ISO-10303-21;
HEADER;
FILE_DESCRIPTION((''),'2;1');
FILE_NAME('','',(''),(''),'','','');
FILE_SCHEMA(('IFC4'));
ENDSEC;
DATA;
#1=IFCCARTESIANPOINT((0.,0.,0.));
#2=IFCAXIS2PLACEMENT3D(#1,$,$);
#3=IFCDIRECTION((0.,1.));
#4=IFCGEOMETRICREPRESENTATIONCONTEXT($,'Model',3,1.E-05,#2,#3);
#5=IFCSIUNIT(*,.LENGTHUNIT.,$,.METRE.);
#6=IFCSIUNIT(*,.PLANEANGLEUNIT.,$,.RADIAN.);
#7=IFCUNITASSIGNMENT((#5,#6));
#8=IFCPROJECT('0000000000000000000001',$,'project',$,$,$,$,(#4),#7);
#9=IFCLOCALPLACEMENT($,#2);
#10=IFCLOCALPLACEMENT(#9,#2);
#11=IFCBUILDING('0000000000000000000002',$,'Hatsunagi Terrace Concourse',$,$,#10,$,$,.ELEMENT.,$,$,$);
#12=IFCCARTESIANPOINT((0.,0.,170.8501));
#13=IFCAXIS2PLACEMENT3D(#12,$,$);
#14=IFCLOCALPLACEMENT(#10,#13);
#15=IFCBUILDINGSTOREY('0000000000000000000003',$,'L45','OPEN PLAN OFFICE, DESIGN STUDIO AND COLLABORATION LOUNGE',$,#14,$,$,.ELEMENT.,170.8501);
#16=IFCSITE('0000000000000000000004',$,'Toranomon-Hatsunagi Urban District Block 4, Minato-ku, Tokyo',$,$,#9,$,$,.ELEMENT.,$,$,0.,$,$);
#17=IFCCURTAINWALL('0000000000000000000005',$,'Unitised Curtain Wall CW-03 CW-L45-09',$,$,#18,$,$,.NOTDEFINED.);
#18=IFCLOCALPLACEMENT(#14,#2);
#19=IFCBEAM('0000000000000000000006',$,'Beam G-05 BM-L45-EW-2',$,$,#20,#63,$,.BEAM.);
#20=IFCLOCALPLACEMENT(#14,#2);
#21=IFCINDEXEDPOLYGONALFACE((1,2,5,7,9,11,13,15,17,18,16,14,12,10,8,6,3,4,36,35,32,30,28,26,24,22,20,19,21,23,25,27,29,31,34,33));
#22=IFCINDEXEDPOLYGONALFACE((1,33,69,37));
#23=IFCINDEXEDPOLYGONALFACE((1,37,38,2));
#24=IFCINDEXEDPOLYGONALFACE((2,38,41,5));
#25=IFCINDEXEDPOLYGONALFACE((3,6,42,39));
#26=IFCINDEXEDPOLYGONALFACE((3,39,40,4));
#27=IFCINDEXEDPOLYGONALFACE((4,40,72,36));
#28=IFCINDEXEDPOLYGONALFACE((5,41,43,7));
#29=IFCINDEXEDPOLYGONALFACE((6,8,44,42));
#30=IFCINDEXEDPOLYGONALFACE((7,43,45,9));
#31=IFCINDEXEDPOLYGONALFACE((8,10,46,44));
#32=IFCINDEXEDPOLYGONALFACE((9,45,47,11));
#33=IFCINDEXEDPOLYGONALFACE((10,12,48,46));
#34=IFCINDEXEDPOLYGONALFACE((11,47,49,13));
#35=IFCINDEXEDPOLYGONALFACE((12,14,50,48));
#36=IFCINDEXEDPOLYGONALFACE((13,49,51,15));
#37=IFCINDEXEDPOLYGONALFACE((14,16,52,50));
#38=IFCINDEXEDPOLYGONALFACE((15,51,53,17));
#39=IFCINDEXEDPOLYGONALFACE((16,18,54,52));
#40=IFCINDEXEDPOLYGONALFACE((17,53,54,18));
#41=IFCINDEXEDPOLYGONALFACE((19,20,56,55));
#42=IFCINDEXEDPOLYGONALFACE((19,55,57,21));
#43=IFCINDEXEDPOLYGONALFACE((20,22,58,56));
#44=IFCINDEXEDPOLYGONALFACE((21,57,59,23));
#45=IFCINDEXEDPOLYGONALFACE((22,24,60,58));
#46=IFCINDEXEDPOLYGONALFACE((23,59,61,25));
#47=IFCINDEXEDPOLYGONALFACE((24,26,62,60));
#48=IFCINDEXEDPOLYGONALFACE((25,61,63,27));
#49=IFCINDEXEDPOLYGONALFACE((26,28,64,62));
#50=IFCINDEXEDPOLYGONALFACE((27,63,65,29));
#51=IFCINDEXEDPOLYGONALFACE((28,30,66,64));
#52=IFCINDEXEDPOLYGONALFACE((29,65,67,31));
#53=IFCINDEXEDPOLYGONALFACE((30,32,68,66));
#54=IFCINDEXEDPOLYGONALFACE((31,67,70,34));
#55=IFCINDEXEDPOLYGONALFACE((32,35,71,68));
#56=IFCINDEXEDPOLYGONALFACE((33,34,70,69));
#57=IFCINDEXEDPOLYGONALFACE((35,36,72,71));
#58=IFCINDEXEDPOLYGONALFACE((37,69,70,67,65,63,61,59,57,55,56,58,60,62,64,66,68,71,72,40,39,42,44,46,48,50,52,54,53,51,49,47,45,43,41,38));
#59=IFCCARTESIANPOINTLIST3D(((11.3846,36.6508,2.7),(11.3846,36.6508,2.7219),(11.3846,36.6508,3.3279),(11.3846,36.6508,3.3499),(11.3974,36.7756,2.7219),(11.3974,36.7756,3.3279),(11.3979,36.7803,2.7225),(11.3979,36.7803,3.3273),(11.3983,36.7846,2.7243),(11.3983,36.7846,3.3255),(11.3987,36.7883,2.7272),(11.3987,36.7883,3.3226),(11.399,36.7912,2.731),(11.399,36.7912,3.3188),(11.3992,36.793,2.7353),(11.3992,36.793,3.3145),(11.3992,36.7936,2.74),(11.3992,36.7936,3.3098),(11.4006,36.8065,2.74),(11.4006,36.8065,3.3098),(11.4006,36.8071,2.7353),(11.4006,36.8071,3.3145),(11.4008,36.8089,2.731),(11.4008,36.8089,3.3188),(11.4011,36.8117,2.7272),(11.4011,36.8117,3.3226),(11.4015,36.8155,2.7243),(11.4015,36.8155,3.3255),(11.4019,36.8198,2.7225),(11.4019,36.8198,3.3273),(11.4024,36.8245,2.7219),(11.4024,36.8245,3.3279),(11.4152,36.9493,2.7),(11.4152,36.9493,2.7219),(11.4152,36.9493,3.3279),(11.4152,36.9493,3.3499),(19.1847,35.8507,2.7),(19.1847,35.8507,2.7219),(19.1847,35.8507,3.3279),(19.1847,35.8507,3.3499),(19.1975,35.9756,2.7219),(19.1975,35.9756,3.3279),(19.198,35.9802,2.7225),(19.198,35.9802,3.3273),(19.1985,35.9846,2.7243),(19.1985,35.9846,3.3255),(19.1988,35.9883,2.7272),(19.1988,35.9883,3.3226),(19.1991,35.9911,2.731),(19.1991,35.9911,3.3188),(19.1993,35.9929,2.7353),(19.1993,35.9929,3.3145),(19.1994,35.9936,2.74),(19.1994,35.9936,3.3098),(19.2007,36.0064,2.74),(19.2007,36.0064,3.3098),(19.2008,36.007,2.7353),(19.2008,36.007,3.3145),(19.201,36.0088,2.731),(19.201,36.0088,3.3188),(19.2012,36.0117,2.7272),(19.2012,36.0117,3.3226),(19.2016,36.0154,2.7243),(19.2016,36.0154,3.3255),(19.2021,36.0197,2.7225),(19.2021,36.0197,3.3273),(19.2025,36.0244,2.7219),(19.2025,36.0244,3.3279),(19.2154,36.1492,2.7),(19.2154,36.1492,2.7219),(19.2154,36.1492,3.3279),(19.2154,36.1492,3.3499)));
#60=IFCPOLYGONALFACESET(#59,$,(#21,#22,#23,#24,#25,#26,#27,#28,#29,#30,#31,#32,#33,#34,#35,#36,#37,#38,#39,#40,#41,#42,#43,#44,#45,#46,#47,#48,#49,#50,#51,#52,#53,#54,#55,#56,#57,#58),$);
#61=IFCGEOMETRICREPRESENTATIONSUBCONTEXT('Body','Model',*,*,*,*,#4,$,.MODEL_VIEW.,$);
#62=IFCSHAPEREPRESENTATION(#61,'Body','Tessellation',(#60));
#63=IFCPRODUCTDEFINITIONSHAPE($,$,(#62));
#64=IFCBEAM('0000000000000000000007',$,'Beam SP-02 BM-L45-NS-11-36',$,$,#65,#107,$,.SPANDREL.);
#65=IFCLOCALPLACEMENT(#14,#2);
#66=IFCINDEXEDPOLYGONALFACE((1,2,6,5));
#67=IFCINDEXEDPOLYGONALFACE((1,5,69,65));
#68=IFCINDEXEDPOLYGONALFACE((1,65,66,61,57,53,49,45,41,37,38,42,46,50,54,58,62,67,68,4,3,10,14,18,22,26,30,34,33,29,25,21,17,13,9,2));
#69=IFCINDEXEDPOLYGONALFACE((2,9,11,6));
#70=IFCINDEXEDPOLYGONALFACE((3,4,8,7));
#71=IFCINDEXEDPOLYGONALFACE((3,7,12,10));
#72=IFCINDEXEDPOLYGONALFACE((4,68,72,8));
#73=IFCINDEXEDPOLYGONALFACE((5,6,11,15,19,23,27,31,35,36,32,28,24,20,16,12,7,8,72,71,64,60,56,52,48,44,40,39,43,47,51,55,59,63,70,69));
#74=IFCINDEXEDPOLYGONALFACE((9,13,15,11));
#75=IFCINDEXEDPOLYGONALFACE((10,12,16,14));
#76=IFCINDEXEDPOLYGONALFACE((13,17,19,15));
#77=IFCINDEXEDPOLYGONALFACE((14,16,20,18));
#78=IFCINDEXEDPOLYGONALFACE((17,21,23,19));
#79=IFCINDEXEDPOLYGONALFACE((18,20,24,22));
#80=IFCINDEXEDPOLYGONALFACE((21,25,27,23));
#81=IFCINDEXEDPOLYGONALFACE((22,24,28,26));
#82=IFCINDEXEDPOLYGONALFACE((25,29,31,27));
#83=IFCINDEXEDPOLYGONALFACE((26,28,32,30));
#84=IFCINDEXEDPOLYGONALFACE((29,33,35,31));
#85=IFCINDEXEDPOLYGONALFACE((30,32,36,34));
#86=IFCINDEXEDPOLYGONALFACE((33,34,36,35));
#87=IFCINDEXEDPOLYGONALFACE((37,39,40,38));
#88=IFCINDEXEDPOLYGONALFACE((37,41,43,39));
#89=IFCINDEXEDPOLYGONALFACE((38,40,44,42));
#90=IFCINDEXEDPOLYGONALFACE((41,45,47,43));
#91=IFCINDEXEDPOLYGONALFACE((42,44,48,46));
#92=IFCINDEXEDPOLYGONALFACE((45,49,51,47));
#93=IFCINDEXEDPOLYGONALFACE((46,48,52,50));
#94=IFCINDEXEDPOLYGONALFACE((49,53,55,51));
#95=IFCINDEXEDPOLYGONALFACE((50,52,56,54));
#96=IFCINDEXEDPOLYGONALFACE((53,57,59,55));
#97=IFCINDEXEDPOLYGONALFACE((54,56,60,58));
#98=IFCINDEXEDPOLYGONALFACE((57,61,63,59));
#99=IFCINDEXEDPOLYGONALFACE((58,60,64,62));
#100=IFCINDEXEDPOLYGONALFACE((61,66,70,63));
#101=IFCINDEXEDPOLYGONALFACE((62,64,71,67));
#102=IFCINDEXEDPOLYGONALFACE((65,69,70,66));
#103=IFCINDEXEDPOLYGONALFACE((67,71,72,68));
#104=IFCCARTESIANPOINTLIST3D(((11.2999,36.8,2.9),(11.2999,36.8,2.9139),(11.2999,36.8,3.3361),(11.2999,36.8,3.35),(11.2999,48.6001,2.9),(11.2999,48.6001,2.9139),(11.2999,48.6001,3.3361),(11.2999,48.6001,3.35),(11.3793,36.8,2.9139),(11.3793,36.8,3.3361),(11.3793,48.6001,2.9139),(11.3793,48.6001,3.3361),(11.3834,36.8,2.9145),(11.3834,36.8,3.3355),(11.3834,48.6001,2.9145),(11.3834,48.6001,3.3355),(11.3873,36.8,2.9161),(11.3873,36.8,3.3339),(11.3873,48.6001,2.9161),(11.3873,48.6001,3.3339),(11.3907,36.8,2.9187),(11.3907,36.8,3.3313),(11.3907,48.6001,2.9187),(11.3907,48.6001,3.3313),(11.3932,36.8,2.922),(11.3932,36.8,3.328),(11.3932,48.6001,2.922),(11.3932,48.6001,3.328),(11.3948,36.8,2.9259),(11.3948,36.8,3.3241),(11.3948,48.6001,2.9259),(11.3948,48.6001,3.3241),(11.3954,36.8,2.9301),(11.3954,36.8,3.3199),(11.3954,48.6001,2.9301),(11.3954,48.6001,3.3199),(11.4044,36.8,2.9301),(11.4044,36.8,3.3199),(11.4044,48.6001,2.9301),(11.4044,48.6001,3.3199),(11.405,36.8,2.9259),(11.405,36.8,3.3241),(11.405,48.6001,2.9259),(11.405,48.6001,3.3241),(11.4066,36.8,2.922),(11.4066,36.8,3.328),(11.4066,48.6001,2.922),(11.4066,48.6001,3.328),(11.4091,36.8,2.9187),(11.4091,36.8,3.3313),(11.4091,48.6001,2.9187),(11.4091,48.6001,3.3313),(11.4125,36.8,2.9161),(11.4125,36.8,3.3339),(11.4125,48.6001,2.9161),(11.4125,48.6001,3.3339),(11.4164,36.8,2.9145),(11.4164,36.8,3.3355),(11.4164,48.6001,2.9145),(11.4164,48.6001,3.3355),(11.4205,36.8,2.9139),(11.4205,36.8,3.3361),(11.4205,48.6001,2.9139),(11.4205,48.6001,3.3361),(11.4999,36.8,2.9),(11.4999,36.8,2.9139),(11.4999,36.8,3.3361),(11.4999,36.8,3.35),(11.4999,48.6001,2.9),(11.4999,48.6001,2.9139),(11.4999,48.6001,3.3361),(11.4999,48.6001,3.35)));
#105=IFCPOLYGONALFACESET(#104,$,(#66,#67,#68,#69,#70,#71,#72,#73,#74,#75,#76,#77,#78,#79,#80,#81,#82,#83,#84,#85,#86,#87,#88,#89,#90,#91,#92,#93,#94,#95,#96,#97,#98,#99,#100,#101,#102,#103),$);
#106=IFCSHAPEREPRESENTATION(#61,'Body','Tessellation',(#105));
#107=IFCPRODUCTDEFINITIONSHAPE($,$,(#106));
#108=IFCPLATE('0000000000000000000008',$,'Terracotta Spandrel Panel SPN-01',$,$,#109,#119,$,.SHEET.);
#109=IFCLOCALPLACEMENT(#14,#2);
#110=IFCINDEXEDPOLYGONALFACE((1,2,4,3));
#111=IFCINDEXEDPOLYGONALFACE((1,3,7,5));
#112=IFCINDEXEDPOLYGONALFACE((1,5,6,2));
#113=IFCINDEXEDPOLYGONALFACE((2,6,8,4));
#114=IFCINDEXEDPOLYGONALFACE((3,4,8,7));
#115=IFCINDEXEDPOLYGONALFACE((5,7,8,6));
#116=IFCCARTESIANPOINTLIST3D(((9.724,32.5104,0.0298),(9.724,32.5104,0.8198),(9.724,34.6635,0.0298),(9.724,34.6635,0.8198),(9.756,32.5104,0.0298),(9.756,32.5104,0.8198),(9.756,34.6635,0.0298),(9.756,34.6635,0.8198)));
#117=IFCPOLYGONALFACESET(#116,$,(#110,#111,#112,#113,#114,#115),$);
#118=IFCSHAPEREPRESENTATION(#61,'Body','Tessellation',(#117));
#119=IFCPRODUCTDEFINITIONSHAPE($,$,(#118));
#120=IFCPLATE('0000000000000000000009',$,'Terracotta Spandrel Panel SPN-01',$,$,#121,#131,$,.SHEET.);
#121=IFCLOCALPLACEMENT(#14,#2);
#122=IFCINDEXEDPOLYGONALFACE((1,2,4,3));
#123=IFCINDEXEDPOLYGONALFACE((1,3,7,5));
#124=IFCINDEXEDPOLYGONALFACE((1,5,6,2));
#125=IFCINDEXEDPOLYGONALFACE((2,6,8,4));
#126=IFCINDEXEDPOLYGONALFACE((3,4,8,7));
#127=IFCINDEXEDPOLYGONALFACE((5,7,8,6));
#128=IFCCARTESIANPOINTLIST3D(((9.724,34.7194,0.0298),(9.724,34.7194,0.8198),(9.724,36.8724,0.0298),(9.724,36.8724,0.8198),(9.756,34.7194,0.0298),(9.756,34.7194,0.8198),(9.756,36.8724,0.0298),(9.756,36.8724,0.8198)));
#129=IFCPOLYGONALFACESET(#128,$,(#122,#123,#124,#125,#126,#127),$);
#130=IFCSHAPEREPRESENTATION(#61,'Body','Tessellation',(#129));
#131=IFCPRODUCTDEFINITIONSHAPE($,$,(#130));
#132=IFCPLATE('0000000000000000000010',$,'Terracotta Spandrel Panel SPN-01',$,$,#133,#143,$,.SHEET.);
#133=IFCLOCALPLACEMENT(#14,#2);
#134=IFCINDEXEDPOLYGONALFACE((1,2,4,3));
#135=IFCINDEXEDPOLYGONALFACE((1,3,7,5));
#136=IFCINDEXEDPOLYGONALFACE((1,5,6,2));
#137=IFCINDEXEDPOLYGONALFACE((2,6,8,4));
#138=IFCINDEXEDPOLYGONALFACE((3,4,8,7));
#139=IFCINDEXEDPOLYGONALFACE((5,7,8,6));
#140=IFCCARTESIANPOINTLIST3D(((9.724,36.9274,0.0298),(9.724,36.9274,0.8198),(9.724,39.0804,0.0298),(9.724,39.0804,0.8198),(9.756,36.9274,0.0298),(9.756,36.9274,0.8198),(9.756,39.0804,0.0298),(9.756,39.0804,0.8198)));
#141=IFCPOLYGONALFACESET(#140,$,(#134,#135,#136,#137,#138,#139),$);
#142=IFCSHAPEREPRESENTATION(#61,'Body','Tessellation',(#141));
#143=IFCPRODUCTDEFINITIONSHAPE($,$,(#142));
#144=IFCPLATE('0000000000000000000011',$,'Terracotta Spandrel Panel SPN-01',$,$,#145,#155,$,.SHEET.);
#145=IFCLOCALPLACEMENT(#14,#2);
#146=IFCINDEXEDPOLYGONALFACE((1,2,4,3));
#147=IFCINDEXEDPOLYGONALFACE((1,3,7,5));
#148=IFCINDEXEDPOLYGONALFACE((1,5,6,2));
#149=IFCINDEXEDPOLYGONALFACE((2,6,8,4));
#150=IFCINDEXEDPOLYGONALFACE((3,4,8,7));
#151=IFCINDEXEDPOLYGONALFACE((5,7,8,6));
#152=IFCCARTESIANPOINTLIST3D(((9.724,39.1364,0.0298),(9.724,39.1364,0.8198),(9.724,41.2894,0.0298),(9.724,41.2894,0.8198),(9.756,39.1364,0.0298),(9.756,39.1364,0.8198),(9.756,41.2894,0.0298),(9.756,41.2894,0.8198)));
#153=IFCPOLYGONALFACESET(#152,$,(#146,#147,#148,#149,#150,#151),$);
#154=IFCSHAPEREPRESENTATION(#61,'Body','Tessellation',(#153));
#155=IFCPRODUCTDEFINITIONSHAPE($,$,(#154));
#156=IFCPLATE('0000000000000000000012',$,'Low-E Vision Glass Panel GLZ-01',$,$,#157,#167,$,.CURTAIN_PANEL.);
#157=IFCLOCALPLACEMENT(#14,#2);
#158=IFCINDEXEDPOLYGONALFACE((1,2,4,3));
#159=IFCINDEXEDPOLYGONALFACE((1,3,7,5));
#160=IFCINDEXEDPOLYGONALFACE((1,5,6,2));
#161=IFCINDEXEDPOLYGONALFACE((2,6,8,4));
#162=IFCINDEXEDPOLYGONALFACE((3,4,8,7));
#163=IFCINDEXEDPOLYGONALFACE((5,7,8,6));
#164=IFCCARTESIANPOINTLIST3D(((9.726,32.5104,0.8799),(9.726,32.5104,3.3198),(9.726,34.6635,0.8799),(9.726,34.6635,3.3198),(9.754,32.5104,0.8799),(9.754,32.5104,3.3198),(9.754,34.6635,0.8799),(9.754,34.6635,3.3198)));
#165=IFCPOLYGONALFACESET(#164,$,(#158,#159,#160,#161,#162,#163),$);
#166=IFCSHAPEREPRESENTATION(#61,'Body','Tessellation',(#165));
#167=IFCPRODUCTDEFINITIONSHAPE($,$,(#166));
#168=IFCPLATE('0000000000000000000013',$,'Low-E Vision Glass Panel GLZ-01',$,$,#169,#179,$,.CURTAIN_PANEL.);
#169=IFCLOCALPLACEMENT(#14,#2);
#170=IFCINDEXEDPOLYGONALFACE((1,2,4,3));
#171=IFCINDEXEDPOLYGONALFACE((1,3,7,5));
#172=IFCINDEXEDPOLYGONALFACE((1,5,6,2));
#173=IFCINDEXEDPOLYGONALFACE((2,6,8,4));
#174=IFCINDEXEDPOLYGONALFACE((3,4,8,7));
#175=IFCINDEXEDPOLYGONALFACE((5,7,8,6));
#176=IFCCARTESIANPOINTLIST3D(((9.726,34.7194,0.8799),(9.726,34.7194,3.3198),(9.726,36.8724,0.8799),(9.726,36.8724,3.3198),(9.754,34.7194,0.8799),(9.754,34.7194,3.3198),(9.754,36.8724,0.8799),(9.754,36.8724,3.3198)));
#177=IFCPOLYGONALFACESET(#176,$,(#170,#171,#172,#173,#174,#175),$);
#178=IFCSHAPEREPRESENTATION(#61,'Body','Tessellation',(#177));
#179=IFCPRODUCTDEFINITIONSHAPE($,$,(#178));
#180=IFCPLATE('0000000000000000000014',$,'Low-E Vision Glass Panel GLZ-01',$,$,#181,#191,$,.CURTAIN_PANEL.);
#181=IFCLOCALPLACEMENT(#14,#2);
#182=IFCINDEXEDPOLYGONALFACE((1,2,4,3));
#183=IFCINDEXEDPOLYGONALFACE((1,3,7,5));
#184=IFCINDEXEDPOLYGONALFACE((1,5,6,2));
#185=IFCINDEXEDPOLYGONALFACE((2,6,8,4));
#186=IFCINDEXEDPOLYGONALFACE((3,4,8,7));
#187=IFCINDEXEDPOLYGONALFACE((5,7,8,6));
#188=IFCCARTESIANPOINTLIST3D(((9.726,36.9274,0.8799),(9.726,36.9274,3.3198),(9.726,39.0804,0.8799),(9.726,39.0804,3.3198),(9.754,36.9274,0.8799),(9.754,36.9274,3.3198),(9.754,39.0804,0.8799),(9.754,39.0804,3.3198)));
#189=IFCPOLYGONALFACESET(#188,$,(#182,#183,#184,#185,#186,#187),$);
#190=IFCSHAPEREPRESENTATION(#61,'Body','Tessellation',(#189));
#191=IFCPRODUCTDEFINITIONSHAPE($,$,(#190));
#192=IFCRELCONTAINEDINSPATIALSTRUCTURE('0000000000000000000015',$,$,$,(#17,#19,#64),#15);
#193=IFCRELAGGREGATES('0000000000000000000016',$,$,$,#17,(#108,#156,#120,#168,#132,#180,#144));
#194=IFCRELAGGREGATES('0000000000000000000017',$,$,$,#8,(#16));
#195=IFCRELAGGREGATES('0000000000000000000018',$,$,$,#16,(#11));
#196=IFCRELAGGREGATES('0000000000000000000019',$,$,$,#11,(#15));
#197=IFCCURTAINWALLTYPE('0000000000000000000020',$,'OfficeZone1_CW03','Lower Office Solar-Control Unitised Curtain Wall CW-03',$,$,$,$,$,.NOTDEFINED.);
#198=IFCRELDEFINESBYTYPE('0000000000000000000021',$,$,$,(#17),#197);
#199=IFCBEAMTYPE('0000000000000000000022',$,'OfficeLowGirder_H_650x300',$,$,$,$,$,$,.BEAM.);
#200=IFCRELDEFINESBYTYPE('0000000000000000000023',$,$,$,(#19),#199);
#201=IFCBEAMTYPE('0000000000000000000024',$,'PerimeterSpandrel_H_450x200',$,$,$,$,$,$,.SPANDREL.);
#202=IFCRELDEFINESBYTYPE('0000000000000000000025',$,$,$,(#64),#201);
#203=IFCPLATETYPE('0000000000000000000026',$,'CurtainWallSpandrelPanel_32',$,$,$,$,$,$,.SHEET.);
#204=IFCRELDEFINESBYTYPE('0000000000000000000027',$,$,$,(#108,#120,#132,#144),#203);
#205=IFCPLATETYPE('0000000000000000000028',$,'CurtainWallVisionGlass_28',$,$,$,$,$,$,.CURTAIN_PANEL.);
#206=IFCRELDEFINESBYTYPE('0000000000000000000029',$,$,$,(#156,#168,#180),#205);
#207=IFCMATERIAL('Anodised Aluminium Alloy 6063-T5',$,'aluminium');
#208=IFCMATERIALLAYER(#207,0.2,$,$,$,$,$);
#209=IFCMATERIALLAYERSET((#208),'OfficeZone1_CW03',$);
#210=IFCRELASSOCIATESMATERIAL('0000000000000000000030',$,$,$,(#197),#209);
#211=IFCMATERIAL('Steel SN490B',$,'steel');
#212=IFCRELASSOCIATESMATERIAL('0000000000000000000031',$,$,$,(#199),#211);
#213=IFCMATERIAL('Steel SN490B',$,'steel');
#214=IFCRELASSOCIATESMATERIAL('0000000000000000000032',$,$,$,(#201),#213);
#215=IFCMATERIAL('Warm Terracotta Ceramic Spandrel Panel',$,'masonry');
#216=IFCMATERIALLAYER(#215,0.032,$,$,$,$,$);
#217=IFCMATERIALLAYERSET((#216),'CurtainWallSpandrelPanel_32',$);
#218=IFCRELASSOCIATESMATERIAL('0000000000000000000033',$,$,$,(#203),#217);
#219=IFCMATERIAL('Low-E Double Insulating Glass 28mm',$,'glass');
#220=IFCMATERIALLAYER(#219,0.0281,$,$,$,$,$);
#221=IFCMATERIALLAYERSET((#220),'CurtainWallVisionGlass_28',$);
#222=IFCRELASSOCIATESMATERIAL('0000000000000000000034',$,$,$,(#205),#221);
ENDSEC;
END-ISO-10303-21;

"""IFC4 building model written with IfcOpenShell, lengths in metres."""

from ifc_helpers import new_model, si_unit, direction, frame, origin, origin_2d, place, context, subcontext, project, spatial, rectangle, i_section, extrude, material, layer, layer_set, material_profile, profile_set, type_object, element, aggregate, save


model = new_model("IFC4")

# Units and contexts
model_context = context("Model", 3, precision=1e-05, world=origin(), true_north=direction((0.0, 1.0)))
body_context = subcontext(model_context, "Body", "Model", "MODEL_VIEW")
ifc_project = project(units=[si_unit("LENGTHUNIT", "METRE"), si_unit("PLANEANGLEUNIT", "RADIAN")], contexts=[model_context])

# Site, building, storey
site_placement = place(None, origin())
site = spatial("IfcSite", under=ifc_project, at=site_placement, Name="Toranomon-Hatsunagi Urban District Block 4, Minato-ku, Tokyo", CompositionType="ELEMENT", RefElevation=0.0)
building_placement = place(site_placement, origin())
building = spatial("IfcBuilding", under=site, at=building_placement, Name="Hatsunagi Terrace Concourse", CompositionType="ELEMENT")
storey_placement = place(building_placement, frame((0.0, 0.0, 170.8501)))
storey = spatial("IfcBuildingStorey", under=building, at=storey_placement, Name="L45", Description="OPEN PLAN OFFICE, DESIGN STUDIO AND COLLABORATION LOUNGE", CompositionType="ELEMENT", Elevation=170.8501)

# Curtain wall
ifc_material_1 = material(Name="Anodised Aluminium Alloy 6063-T5", Category="aluminium")
ifc_layer_1 = layer(ifc_material_1, 0.2)
ifc_layer_set_1 = layer_set([ifc_layer_1], Name="OfficeZone1_CW03")
curtain_wall_type = type_object("IfcCurtainWallType", Name="OfficeZone1_CW03", Description="Lower Office Solar-Control Unitised Curtain Wall CW-03", PredefinedType="NOTDEFINED", material=ifc_layer_set_1)
curtain_wall_placement = place(storey_placement, origin())
curtain_wall = element("IfcCurtainWall", 1, at=curtain_wall_placement, inside=storey, type_object=curtain_wall_type, Name="Unitised Curtain Wall CW-03 CW-L45-09", PredefinedType="NOTDEFINED")

# Beams
ifc_material_2 = material(Name="Steel SN490B", Category="steel")
ifc_material_profile_1 = material_profile(ifc_material_2, i_section(OverallWidth=0.3, OverallDepth=0.6499, WebThickness=0.0129, FlangeThickness=0.022, FilletRadius=0.0181, at=origin_2d()), Name="H-650x300x13x22")
ifc_profile_set_1 = profile_set([ifc_material_profile_1], Name="Steel SN490B")
beam_type_1 = type_object("IfcBeamType", Name="OfficeLowGirder_H_650x300", PredefinedType="BEAM", material=ifc_profile_set_1)
beam_1_placement = place(storey_placement, frame((11.3999, 36.8, 3.0249), z_axis=(0.994781, -0.102034, 0.0), x_axis=(0.102034, 0.994781, 0.0)))
element("IfcBeam", 2, at=beam_1_placement, inside=storey, type_object=beam_type_1, Name="Beam G-05 BM-L45-EW-2", PredefinedType="BEAM", context=body_context, shape_type="SweptSolid", body=[
    extrude(i_section(OverallWidth=0.3, OverallDepth=0.6499, WebThickness=0.0129, FlangeThickness=0.022, FilletRadius=0.0181, at=origin_2d()), origin(), (0.0, 0.0, 1.0), 7.8411),
])
ifc_material_3 = material(Name="Steel SN490B", Category="steel")
ifc_material_profile_2 = material_profile(ifc_material_3, i_section(OverallWidth=0.2, OverallDepth=0.45, WebThickness=0.009, FlangeThickness=0.0139, FilletRadius=0.0161, at=origin_2d()), Name="H-450x200x9x14")
ifc_profile_set_2 = profile_set([ifc_material_profile_2], Name="Steel SN490B")
beam_type_2 = type_object("IfcBeamType", Name="PerimeterSpandrel_H_450x200", PredefinedType="SPANDREL", material=ifc_profile_set_2)
beam_2_placement = place(storey_placement, frame((11.3999, 36.8, 3.125), z_axis=(0.0, 1.0, 0.0), x_axis=(-1.0, 0.0, 0.0)))
element("IfcBeam", 3, at=beam_2_placement, inside=storey, type_object=beam_type_2, Name="Beam SP-02 BM-L45-NS-11-36", PredefinedType="SPANDREL", context=body_context, shape_type="SweptSolid", body=[
    extrude(i_section(OverallWidth=0.2, OverallDepth=0.45, WebThickness=0.009, FlangeThickness=0.0139, FilletRadius=0.0161, at=origin_2d()), origin(), (0.0, 0.0, 1.0), 11.8),
])

# Plates
ifc_material_4 = material(Name="Warm Terracotta Ceramic Spandrel Panel", Category="masonry")
ifc_layer_2 = layer(ifc_material_4, 0.032)
ifc_layer_set_2 = layer_set([ifc_layer_2], Name="CurtainWallSpandrelPanel_32")
plate_type_1 = type_object("IfcPlateType", Name="CurtainWallSpandrelPanel_32", PredefinedType="SHEET", material=ifc_layer_set_2)
plate_1_placement = place(storey_placement, frame((9.74, 33.5869, 0.0298), z_axis=(0.0, 0.0, 1.0), x_axis=(0.0, 1.0, 0.0)))
plate_1 = element("IfcPlate", 4, at=plate_1_placement, type_object=plate_type_1, Name="Terracotta Spandrel Panel SPN-01", PredefinedType="SHEET", context=body_context, shape_type="SweptSolid", body=[
    extrude(rectangle(XDim=2.1531, YDim=0.032, at=origin_2d()), origin(), (0.0, 0.0, 1.0), 0.79),
])
plate_2_placement = place(storey_placement, frame((9.74, 35.7959, 0.0298), z_axis=(0.0, 0.0, 1.0), x_axis=(0.0, 1.0, 0.0)))
plate_2 = element("IfcPlate", 5, at=plate_2_placement, type_object=plate_type_1, Name="Terracotta Spandrel Panel SPN-01", PredefinedType="SHEET", context=body_context, shape_type="SweptSolid", body=[
    extrude(rectangle(XDim=2.1531, YDim=0.032, at=origin_2d()), origin(), (0.0, 0.0, 1.0), 0.79),
])
plate_3_placement = place(storey_placement, frame((9.74, 38.0039, 0.0298), z_axis=(0.0, 0.0, 1.0), x_axis=(0.0, 1.0, 0.0)))
plate_3 = element("IfcPlate", 6, at=plate_3_placement, type_object=plate_type_1, Name="Terracotta Spandrel Panel SPN-01", PredefinedType="SHEET", context=body_context, shape_type="SweptSolid", body=[
    extrude(rectangle(XDim=2.1531, YDim=0.032, at=origin_2d()), origin(), (0.0, 0.0, 1.0), 0.79),
])
plate_4_placement = place(storey_placement, frame((9.74, 40.2129, 0.0298), z_axis=(0.0, 0.0, 1.0), x_axis=(0.0, 1.0, 0.0)))
plate_4 = element("IfcPlate", 7, at=plate_4_placement, type_object=plate_type_1, Name="Terracotta Spandrel Panel SPN-01", PredefinedType="SHEET", context=body_context, shape_type="SweptSolid", body=[
    extrude(rectangle(XDim=2.1531, YDim=0.032, at=origin_2d()), origin(), (0.0, 0.0, 1.0), 0.79),
])
ifc_material_5 = material(Name="Low-E Double Insulating Glass 28mm", Category="glass")
ifc_layer_3 = layer(ifc_material_5, 0.0281)
ifc_layer_set_3 = layer_set([ifc_layer_3], Name="CurtainWallVisionGlass_28")
plate_type_2 = type_object("IfcPlateType", Name="CurtainWallVisionGlass_28", PredefinedType="CURTAIN_PANEL", material=ifc_layer_set_3)
plate_5_placement = place(storey_placement, frame((9.74, 33.5869, 0.8799), z_axis=(0.0, 0.0, 1.0), x_axis=(0.0, 1.0, 0.0)))
plate_5 = element("IfcPlate", 8, at=plate_5_placement, type_object=plate_type_2, Name="Low-E Vision Glass Panel GLZ-01", PredefinedType="CURTAIN_PANEL", context=body_context, shape_type="SweptSolid", body=[
    extrude(rectangle(XDim=2.1531, YDim=0.0281, at=origin_2d()), origin(), (0.0, 0.0, 1.0), 2.4399),
])
plate_6_placement = place(storey_placement, frame((9.74, 35.7959, 0.8799), z_axis=(0.0, 0.0, 1.0), x_axis=(0.0, 1.0, 0.0)))
plate_6 = element("IfcPlate", 9, at=plate_6_placement, type_object=plate_type_2, Name="Low-E Vision Glass Panel GLZ-01", PredefinedType="CURTAIN_PANEL", context=body_context, shape_type="SweptSolid", body=[
    extrude(rectangle(XDim=2.1531, YDim=0.0281, at=origin_2d()), origin(), (0.0, 0.0, 1.0), 2.4399),
])
plate_7_placement = place(storey_placement, frame((9.74, 38.0039, 0.8799), z_axis=(0.0, 0.0, 1.0), x_axis=(0.0, 1.0, 0.0)))
plate_7 = element("IfcPlate", 10, at=plate_7_placement, type_object=plate_type_2, Name="Low-E Vision Glass Panel GLZ-01", PredefinedType="CURTAIN_PANEL", context=body_context, shape_type="SweptSolid", body=[
    extrude(rectangle(XDim=2.1531, YDim=0.0281, at=origin_2d()), origin(), (0.0, 0.0, 1.0), 2.4399),
])
aggregate(curtain_wall, [plate_1, plate_5, plate_2, plate_6, plate_3, plate_7, plate_4])

save(model, "model.ifc")
